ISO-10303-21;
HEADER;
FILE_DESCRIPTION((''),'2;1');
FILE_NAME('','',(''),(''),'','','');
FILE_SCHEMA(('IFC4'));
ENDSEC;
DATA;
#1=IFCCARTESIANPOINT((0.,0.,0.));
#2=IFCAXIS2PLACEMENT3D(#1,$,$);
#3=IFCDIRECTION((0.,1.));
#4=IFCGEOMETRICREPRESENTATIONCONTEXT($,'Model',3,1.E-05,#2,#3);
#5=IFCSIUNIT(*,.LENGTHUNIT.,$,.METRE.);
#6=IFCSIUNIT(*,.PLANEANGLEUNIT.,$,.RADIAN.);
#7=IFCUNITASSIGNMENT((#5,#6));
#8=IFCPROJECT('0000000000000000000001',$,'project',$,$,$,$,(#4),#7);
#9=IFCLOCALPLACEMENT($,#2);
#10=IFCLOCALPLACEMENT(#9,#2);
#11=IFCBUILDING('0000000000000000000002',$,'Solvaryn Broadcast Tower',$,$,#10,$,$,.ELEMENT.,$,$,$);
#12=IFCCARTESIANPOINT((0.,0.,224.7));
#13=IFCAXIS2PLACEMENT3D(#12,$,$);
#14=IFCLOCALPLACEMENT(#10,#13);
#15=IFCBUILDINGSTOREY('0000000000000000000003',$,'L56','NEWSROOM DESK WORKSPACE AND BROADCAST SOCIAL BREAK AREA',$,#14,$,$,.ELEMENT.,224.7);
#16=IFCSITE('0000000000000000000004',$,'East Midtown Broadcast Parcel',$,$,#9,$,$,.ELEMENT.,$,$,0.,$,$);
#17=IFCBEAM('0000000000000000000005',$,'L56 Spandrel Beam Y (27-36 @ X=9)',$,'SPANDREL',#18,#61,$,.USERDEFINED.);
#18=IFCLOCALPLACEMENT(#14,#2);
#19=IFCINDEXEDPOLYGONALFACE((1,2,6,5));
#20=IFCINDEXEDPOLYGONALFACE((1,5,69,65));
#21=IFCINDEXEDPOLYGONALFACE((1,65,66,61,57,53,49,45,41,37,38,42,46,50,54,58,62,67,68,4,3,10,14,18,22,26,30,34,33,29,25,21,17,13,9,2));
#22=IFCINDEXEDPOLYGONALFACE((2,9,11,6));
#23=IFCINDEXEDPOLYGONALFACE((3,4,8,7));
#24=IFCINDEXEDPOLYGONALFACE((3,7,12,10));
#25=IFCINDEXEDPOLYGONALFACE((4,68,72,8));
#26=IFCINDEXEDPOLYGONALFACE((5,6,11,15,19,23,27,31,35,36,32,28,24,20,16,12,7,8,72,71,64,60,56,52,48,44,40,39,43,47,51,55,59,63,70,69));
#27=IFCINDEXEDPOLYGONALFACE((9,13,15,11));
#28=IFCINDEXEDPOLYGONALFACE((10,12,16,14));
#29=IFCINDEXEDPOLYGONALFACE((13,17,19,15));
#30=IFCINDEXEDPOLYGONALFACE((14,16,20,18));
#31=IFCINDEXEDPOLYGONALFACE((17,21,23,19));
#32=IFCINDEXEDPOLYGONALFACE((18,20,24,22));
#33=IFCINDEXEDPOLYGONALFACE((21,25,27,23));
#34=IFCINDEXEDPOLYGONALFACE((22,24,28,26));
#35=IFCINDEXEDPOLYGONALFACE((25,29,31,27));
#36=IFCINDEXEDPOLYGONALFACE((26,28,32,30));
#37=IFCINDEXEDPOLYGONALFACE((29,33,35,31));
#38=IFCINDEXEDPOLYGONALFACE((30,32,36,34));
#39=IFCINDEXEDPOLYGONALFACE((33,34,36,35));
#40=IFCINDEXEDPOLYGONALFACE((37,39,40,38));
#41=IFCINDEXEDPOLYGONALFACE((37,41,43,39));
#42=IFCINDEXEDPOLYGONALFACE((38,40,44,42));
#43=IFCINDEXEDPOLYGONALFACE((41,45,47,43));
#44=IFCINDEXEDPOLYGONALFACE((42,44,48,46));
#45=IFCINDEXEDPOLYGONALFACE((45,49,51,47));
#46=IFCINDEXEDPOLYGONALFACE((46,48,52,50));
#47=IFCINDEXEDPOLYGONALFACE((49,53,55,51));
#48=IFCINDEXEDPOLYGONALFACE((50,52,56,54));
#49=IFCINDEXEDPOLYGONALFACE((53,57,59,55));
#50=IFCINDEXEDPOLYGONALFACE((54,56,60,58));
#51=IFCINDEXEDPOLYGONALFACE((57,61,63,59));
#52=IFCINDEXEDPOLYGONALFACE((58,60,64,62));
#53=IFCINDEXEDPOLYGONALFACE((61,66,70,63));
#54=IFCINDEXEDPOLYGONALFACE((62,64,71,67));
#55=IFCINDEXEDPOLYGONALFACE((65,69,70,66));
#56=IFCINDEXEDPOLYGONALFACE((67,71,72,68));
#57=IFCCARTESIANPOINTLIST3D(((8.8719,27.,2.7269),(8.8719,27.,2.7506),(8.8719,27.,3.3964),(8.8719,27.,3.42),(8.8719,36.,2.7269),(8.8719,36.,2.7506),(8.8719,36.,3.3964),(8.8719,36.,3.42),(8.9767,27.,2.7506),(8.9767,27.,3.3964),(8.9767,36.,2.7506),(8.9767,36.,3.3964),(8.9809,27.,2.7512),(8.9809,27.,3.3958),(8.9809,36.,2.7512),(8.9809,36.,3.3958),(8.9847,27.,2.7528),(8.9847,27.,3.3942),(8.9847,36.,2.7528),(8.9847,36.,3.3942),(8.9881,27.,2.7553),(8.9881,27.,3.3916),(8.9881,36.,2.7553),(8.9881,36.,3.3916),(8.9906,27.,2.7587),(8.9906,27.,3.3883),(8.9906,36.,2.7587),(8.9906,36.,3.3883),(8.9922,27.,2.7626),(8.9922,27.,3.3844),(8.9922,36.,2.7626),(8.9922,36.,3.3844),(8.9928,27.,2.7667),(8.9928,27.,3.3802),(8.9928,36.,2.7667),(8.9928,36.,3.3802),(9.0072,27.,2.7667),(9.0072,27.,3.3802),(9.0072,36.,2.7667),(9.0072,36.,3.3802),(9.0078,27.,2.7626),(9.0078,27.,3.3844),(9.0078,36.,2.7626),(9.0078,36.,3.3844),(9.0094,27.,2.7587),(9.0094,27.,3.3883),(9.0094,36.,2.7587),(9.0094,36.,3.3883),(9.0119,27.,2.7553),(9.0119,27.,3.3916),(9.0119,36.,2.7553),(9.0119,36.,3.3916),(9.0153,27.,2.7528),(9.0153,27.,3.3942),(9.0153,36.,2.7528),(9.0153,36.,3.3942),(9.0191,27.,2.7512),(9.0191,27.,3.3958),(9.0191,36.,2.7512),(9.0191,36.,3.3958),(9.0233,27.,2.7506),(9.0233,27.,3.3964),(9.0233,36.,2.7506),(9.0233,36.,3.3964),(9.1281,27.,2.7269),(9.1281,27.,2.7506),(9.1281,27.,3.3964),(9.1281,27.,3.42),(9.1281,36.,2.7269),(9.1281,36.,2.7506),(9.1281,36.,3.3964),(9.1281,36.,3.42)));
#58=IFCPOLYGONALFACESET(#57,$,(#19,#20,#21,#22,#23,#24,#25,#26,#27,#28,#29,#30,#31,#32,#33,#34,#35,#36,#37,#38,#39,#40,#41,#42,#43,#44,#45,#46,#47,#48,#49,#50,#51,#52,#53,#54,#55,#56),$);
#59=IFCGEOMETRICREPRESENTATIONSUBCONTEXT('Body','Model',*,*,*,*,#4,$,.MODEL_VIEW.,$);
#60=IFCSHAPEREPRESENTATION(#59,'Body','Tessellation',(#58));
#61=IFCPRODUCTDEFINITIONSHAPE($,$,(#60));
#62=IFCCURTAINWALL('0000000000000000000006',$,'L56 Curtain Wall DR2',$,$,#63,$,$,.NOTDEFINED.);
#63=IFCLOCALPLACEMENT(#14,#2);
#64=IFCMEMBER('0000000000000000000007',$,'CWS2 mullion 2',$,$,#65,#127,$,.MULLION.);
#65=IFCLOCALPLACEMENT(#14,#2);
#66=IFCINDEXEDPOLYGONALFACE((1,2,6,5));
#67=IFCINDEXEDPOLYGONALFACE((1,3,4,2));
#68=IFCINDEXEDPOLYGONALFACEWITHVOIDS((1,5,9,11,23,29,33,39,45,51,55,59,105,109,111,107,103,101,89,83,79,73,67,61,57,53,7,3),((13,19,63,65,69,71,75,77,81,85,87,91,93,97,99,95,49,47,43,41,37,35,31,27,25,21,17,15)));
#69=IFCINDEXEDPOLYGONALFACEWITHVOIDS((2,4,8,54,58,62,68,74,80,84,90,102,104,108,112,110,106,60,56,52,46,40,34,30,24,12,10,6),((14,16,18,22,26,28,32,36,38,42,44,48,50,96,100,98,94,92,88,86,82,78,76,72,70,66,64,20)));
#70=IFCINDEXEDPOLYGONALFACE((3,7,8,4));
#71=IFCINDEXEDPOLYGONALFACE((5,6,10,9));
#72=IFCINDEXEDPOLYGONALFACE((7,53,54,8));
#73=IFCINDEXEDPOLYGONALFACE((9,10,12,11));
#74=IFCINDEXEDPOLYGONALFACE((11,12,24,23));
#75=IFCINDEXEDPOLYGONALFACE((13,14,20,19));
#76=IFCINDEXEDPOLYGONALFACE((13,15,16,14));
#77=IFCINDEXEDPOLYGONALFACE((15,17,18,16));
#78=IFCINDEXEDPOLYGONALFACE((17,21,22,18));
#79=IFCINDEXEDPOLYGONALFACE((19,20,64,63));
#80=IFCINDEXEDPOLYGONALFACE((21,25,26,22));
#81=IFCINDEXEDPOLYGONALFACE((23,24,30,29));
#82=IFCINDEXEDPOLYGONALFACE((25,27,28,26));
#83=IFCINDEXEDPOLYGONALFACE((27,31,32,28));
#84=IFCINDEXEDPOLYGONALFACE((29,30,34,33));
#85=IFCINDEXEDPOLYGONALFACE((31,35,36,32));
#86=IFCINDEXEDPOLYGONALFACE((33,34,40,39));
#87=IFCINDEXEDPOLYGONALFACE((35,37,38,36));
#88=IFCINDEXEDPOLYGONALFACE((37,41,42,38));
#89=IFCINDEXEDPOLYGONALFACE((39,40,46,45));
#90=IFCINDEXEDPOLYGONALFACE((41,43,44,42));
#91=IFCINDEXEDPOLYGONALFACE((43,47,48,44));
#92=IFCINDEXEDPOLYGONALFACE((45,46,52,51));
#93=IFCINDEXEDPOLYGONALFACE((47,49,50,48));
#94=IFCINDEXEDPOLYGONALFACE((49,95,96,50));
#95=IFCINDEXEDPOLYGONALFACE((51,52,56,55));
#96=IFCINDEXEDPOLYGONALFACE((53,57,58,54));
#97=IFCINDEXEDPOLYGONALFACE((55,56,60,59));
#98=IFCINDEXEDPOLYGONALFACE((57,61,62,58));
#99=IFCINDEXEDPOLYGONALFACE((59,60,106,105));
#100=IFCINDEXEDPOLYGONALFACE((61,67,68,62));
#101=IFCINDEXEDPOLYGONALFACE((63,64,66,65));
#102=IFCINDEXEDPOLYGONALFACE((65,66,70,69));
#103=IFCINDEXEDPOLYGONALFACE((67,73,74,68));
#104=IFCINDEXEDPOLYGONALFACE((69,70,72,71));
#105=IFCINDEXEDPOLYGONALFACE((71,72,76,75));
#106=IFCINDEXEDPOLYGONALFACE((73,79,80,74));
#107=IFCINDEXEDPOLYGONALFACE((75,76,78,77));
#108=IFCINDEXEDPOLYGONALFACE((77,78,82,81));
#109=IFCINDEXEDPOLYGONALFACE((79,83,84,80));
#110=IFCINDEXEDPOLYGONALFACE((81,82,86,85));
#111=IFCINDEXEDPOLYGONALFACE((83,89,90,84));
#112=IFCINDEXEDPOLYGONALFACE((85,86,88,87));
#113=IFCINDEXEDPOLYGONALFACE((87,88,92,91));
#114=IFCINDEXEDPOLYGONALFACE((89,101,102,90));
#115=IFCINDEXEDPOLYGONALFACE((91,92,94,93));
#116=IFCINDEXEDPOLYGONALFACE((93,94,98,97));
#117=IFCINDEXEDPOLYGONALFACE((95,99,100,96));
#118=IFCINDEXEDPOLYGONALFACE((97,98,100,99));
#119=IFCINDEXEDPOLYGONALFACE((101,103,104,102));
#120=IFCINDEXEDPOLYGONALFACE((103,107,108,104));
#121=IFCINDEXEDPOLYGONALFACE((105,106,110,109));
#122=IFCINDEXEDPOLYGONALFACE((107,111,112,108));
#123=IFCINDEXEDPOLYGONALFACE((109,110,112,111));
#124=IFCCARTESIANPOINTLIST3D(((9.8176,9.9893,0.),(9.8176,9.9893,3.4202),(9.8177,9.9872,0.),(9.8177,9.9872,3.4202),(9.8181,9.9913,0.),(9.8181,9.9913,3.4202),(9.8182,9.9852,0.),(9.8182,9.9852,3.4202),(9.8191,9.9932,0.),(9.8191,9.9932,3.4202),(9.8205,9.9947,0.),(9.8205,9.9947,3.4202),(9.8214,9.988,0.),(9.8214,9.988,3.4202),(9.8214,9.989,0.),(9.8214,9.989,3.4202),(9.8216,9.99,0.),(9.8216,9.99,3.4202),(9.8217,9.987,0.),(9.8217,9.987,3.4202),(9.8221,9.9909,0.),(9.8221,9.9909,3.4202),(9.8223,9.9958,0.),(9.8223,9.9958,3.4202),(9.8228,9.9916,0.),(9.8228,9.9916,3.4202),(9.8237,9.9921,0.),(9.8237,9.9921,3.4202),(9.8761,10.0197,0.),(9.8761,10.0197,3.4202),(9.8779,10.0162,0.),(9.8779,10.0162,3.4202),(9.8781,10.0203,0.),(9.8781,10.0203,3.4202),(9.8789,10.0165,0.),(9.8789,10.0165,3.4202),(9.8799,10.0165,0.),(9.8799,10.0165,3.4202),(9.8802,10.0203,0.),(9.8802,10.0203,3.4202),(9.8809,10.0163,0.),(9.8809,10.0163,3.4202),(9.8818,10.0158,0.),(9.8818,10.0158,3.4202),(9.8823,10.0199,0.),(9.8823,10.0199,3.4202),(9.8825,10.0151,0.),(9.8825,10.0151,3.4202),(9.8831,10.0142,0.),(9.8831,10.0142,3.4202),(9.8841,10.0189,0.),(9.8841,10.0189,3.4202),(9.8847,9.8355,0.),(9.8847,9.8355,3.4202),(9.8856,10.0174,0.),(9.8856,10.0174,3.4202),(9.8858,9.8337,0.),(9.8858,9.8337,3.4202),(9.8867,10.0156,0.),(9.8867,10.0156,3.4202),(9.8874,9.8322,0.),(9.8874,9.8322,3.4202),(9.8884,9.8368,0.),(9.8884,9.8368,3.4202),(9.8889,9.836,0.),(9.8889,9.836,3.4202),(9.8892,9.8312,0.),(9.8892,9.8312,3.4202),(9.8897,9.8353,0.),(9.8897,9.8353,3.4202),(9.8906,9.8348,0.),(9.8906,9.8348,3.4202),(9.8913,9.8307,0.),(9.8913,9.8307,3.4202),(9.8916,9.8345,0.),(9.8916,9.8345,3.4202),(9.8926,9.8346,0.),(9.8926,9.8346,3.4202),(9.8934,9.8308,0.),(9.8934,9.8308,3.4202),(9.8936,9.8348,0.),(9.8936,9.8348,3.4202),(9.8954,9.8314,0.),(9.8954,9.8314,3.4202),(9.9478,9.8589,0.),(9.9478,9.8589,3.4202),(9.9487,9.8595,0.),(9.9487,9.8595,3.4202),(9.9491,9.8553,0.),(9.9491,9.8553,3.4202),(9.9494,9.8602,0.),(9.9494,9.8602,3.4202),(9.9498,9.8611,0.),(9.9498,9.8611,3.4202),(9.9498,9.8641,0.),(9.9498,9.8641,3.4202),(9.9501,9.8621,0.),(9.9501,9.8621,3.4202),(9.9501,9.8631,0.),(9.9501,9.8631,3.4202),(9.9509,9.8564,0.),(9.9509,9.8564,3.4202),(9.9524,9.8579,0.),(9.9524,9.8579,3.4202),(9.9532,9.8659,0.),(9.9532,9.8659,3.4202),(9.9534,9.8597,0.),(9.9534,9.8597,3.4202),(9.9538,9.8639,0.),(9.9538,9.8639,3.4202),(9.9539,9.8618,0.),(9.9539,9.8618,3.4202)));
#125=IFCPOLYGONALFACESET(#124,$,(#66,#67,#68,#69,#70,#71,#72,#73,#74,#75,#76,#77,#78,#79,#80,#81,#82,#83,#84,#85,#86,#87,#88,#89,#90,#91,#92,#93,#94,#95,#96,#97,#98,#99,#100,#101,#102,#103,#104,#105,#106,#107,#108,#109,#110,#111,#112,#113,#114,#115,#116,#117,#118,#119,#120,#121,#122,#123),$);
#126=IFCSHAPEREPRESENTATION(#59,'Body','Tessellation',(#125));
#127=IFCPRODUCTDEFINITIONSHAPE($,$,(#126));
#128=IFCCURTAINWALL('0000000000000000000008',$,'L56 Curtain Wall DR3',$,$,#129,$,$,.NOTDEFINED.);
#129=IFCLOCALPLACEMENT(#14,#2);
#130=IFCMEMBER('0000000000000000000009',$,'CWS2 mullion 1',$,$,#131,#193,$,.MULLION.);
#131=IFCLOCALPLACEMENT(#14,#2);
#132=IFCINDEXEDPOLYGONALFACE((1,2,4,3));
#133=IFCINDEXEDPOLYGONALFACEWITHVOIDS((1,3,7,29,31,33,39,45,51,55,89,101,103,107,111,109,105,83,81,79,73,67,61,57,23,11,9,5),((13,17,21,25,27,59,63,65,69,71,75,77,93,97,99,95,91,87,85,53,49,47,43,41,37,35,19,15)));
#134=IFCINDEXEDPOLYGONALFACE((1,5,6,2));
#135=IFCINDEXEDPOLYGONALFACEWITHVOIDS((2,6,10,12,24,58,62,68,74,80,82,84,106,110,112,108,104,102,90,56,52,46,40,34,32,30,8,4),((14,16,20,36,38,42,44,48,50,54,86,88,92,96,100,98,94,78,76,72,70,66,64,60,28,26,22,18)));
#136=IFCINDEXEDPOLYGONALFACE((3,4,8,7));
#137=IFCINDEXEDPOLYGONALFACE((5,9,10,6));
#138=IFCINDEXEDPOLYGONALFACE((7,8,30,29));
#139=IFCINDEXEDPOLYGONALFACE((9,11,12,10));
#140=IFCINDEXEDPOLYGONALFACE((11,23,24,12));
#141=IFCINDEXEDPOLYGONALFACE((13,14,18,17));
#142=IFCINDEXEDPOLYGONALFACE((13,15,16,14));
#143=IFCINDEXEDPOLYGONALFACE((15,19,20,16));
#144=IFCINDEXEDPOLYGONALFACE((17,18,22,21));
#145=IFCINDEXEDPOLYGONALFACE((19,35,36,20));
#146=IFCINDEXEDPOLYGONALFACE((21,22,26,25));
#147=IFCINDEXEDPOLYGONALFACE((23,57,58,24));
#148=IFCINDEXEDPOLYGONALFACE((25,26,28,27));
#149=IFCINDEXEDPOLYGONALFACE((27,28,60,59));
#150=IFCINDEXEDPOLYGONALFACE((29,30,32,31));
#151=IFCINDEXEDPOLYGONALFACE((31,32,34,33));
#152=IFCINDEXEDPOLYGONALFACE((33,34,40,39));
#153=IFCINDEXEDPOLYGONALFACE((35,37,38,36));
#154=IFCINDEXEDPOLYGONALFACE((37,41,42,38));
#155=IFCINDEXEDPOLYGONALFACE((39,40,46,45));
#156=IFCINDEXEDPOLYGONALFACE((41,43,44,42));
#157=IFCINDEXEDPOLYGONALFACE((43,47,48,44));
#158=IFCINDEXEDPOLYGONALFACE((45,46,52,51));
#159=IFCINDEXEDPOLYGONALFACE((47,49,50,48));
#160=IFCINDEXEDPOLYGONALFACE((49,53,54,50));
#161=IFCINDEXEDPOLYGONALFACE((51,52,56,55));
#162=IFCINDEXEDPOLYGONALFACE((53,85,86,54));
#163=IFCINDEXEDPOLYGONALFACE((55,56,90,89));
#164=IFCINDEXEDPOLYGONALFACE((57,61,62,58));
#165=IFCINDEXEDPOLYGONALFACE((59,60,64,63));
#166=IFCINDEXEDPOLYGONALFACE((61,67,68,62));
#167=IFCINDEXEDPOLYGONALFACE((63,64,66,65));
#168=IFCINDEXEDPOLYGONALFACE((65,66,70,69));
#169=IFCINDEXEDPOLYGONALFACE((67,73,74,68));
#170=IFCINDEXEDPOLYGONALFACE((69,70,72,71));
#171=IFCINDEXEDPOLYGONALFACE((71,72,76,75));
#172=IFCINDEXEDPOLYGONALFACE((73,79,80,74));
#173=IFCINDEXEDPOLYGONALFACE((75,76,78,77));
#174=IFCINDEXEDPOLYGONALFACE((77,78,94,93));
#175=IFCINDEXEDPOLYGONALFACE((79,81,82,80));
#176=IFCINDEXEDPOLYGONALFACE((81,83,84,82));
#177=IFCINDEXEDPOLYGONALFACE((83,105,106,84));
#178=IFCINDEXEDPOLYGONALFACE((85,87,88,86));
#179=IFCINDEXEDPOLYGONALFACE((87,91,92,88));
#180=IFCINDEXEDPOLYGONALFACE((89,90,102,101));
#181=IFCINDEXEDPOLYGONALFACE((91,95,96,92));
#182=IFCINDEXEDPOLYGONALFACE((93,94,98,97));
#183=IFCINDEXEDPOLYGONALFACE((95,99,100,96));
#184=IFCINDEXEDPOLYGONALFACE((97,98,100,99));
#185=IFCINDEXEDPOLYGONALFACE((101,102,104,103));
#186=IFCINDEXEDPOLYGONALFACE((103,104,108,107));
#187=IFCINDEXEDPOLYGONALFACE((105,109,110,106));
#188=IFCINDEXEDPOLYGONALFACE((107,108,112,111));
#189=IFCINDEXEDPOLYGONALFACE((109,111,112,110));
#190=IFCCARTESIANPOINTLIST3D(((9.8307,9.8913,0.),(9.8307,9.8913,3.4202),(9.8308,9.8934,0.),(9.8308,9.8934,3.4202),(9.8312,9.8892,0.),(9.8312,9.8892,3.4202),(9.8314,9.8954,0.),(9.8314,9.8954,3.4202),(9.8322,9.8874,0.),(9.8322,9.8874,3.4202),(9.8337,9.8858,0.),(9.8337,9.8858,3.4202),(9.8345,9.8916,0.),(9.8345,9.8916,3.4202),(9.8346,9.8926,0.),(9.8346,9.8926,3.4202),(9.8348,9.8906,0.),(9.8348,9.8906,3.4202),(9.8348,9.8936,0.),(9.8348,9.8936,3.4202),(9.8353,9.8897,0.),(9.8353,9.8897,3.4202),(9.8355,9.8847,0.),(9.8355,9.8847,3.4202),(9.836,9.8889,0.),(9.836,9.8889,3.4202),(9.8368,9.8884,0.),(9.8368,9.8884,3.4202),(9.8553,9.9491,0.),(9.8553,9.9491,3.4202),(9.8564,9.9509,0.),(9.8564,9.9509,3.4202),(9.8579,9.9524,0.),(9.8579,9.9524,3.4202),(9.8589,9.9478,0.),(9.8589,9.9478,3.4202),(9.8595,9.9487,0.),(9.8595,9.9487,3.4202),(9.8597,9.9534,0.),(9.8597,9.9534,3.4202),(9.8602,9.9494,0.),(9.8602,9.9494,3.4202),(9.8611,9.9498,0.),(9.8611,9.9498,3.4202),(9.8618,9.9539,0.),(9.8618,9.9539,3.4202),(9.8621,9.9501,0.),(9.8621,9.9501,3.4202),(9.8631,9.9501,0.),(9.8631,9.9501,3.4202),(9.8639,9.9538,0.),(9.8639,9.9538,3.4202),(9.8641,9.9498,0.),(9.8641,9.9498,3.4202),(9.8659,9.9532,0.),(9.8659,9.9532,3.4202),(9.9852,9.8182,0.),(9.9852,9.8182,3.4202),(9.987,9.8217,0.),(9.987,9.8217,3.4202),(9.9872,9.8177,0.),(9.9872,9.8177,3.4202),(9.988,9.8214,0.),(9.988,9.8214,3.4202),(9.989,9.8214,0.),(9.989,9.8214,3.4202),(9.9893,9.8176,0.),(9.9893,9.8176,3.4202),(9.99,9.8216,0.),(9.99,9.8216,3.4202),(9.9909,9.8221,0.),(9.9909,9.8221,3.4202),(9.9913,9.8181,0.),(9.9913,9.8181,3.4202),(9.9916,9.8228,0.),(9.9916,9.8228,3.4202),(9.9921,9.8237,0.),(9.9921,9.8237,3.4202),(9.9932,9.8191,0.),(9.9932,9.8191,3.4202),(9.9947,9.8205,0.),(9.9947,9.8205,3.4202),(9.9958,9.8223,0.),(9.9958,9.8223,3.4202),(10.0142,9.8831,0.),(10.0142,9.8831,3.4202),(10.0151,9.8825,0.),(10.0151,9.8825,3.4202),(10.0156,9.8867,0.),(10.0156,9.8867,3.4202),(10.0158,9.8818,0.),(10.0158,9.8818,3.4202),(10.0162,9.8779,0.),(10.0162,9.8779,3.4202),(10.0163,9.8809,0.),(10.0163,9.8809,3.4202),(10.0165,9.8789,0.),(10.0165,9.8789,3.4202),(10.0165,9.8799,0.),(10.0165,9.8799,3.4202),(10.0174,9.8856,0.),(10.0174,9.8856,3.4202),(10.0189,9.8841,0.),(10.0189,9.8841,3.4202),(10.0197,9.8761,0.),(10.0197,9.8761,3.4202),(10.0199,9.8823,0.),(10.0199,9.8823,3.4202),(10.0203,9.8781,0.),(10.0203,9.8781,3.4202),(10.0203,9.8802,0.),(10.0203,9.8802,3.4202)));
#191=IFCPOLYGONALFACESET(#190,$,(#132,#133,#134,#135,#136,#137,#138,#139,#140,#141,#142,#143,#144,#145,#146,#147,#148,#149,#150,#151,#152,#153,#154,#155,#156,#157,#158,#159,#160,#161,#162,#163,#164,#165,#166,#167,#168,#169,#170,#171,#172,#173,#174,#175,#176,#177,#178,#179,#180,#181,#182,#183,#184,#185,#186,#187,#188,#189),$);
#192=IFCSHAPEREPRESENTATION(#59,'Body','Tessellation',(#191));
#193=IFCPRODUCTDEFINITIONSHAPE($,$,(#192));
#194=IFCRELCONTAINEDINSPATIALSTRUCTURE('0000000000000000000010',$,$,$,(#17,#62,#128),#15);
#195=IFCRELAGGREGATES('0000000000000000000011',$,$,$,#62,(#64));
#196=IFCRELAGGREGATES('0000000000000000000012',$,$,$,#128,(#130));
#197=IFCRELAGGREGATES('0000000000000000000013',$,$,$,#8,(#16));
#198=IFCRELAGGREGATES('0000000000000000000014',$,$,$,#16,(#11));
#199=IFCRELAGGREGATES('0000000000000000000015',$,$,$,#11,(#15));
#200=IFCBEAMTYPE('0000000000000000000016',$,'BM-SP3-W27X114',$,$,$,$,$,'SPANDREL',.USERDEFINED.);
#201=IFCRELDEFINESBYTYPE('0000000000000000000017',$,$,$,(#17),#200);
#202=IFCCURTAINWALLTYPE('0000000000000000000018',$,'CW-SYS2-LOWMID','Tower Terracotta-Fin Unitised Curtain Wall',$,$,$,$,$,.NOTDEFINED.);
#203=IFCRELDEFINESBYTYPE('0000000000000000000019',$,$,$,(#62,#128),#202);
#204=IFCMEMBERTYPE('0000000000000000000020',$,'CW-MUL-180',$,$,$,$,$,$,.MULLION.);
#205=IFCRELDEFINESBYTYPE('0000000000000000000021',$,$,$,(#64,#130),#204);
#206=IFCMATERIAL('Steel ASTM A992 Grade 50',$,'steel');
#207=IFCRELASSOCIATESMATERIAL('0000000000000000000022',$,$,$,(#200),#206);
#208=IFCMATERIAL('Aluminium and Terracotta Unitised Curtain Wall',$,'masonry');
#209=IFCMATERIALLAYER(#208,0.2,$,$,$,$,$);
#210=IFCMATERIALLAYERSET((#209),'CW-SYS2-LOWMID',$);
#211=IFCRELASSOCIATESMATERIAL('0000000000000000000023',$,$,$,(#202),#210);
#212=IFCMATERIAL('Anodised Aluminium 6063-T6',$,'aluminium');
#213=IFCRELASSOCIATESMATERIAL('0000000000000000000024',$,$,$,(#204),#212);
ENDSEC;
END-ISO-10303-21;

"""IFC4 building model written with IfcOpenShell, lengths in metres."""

from ifc_helpers import new_model, si_unit, direction, frame, origin, origin_2d, place, context, subcontext, project, spatial, hollow_rectangle, i_section, extrude, material, layer, layer_set, material_profile, profile_set, type_object, element, aggregate, save


model = new_model("IFC4")

# Units and contexts
model_context = context("Model", 3, precision=1e-05, world=origin(), true_north=direction((0.0, 1.0)))
body_context = subcontext(model_context, "Body", "Model", "MODEL_VIEW")
ifc_project = project(units=[si_unit("LENGTHUNIT", "METRE"), si_unit("PLANEANGLEUNIT", "RADIAN")], contexts=[model_context])

# Site, building, storey
site_placement = place(None, origin())
site = spatial("IfcSite", under=ifc_project, at=site_placement, Name="East Midtown Broadcast Parcel", CompositionType="ELEMENT", RefElevation=0.0)
building_placement = place(site_placement, origin())
building = spatial("IfcBuilding", under=site, at=building_placement, Name="Solvaryn Broadcast Tower", CompositionType="ELEMENT")
storey_placement = place(building_placement, frame((0.0, 0.0, 224.7)))
storey = spatial("IfcBuildingStorey", under=building, at=storey_placement, Name="L56", Description="NEWSROOM DESK WORKSPACE AND BROADCAST SOCIAL BREAK AREA", CompositionType="ELEMENT", Elevation=224.7)

# Beam
ifc_material_1 = material(Name="Steel ASTM A992 Grade 50", Category="steel")
ifc_material_profile_1 = material_profile(ifc_material_1, i_section(OverallWidth=0.2561, OverallDepth=0.6931, WebThickness=0.0144, FlangeThickness=0.0237, FilletRadius=0.0161, at=origin_2d()))
ifc_profile_set_1 = profile_set([ifc_material_profile_1], Name="Steel ASTM A992 Grade 50")
beam_type_1 = type_object("IfcBeamType", Name="BM-SP3-W27X114", ElementType="SPANDREL", PredefinedType="USERDEFINED", material=ifc_profile_set_1)
beam_1_placement = place(storey_placement, frame((9.0, 27.0, 3.0735), z_axis=(0.0, 1.0, 0.0), x_axis=(-1.0, 0.0, 0.0)))
element("IfcBeam", 1, at=beam_1_placement, inside=storey, type_object=beam_type_1, Name="L56 Spandrel Beam Y (27-36 @ X=9)", ObjectType="SPANDREL", PredefinedType="USERDEFINED", context=body_context, shape_type="SweptSolid", body=[
    extrude(i_section(OverallWidth=0.2561, OverallDepth=0.6931, WebThickness=0.0144, FlangeThickness=0.0237, FilletRadius=0.0161, at=origin_2d()), origin(), (0.0, 0.0, 1.0), 9.0),
])

# Curtain walls, members
ifc_material_2 = material(Name="Aluminium and Terracotta Unitised Curtain Wall", Category="masonry")
ifc_layer_1 = layer(ifc_material_2, 0.2)
ifc_layer_set_1 = layer_set([ifc_layer_1], Name="CW-SYS2-LOWMID")
curtain_wall_type = type_object("IfcCurtainWallType", Name="CW-SYS2-LOWMID", Description="Tower Terracotta-Fin Unitised Curtain Wall", PredefinedType="NOTDEFINED", material=ifc_layer_set_1)
curtain_wall_1_placement = place(storey_placement, origin())
curtain_wall_1 = element("IfcCurtainWall", 2, at=curtain_wall_1_placement, inside=storey, type_object=curtain_wall_type, Name="L56 Curtain Wall DR2", PredefinedType="NOTDEFINED")
ifc_material_3 = material(Name="Anodised Aluminium 6063-T6", Category="aluminium")
ifc_material_profile_2 = material_profile(ifc_material_3, hollow_rectangle(XDim=0.075, YDim=0.1799, WallThickness=0.0039, InnerFilletRadius=0.0039, OuterFilletRadius=0.0081, at=origin_2d()))
ifc_profile_set_2 = profile_set([ifc_material_profile_2], Name="Anodised Aluminium 6063-T6")
member_type = type_object("IfcMemberType", Name="CW-MUL-180", PredefinedType="MULLION", material=ifc_profile_set_2)
member_1_placement = place(storey_placement, frame((9.8857, 9.9255, 0.0), z_axis=(0.0, 0.0, 1.0), x_axis=(0.913917, 0.405901, 0.0)))
member_1 = element("IfcMember", 3, at=member_1_placement, type_object=member_type, Name="CWS2 mullion 2", PredefinedType="MULLION", context=body_context, shape_type="SweptSolid", body=[
    extrude(hollow_rectangle(XDim=0.075, YDim=0.1799, WallThickness=0.0039, InnerFilletRadius=0.0039, OuterFilletRadius=0.0081, at=origin_2d()), origin(), (0.0, 0.0, 1.0), 3.4202),
])
aggregate(curtain_wall_1, [member_1])
curtain_wall_2_placement = place(storey_placement, origin())
curtain_wall_2 = element("IfcCurtainWall", 4, at=curtain_wall_2_placement, inside=storey, type_object=curtain_wall_type, Name="L56 Curtain Wall DR3", PredefinedType="NOTDEFINED")
member_2_placement = place(storey_placement, frame((9.9255, 9.8857, 0.0), z_axis=(0.0, 0.0, 1.0), x_axis=(0.405901, 0.913917, 0.0)))
member_2 = element("IfcMember", 5, at=member_2_placement, type_object=member_type, Name="CWS2 mullion 1", PredefinedType="MULLION", context=body_context, shape_type="SweptSolid", body=[
    extrude(hollow_rectangle(XDim=0.075, YDim=0.1799, WallThickness=0.0039, InnerFilletRadius=0.0039, OuterFilletRadius=0.0081, at=origin_2d()), origin(), (0.0, 0.0, 1.0), 3.4202),
])
aggregate(curtain_wall_2, [member_2])

save(model, "model.ifc")
